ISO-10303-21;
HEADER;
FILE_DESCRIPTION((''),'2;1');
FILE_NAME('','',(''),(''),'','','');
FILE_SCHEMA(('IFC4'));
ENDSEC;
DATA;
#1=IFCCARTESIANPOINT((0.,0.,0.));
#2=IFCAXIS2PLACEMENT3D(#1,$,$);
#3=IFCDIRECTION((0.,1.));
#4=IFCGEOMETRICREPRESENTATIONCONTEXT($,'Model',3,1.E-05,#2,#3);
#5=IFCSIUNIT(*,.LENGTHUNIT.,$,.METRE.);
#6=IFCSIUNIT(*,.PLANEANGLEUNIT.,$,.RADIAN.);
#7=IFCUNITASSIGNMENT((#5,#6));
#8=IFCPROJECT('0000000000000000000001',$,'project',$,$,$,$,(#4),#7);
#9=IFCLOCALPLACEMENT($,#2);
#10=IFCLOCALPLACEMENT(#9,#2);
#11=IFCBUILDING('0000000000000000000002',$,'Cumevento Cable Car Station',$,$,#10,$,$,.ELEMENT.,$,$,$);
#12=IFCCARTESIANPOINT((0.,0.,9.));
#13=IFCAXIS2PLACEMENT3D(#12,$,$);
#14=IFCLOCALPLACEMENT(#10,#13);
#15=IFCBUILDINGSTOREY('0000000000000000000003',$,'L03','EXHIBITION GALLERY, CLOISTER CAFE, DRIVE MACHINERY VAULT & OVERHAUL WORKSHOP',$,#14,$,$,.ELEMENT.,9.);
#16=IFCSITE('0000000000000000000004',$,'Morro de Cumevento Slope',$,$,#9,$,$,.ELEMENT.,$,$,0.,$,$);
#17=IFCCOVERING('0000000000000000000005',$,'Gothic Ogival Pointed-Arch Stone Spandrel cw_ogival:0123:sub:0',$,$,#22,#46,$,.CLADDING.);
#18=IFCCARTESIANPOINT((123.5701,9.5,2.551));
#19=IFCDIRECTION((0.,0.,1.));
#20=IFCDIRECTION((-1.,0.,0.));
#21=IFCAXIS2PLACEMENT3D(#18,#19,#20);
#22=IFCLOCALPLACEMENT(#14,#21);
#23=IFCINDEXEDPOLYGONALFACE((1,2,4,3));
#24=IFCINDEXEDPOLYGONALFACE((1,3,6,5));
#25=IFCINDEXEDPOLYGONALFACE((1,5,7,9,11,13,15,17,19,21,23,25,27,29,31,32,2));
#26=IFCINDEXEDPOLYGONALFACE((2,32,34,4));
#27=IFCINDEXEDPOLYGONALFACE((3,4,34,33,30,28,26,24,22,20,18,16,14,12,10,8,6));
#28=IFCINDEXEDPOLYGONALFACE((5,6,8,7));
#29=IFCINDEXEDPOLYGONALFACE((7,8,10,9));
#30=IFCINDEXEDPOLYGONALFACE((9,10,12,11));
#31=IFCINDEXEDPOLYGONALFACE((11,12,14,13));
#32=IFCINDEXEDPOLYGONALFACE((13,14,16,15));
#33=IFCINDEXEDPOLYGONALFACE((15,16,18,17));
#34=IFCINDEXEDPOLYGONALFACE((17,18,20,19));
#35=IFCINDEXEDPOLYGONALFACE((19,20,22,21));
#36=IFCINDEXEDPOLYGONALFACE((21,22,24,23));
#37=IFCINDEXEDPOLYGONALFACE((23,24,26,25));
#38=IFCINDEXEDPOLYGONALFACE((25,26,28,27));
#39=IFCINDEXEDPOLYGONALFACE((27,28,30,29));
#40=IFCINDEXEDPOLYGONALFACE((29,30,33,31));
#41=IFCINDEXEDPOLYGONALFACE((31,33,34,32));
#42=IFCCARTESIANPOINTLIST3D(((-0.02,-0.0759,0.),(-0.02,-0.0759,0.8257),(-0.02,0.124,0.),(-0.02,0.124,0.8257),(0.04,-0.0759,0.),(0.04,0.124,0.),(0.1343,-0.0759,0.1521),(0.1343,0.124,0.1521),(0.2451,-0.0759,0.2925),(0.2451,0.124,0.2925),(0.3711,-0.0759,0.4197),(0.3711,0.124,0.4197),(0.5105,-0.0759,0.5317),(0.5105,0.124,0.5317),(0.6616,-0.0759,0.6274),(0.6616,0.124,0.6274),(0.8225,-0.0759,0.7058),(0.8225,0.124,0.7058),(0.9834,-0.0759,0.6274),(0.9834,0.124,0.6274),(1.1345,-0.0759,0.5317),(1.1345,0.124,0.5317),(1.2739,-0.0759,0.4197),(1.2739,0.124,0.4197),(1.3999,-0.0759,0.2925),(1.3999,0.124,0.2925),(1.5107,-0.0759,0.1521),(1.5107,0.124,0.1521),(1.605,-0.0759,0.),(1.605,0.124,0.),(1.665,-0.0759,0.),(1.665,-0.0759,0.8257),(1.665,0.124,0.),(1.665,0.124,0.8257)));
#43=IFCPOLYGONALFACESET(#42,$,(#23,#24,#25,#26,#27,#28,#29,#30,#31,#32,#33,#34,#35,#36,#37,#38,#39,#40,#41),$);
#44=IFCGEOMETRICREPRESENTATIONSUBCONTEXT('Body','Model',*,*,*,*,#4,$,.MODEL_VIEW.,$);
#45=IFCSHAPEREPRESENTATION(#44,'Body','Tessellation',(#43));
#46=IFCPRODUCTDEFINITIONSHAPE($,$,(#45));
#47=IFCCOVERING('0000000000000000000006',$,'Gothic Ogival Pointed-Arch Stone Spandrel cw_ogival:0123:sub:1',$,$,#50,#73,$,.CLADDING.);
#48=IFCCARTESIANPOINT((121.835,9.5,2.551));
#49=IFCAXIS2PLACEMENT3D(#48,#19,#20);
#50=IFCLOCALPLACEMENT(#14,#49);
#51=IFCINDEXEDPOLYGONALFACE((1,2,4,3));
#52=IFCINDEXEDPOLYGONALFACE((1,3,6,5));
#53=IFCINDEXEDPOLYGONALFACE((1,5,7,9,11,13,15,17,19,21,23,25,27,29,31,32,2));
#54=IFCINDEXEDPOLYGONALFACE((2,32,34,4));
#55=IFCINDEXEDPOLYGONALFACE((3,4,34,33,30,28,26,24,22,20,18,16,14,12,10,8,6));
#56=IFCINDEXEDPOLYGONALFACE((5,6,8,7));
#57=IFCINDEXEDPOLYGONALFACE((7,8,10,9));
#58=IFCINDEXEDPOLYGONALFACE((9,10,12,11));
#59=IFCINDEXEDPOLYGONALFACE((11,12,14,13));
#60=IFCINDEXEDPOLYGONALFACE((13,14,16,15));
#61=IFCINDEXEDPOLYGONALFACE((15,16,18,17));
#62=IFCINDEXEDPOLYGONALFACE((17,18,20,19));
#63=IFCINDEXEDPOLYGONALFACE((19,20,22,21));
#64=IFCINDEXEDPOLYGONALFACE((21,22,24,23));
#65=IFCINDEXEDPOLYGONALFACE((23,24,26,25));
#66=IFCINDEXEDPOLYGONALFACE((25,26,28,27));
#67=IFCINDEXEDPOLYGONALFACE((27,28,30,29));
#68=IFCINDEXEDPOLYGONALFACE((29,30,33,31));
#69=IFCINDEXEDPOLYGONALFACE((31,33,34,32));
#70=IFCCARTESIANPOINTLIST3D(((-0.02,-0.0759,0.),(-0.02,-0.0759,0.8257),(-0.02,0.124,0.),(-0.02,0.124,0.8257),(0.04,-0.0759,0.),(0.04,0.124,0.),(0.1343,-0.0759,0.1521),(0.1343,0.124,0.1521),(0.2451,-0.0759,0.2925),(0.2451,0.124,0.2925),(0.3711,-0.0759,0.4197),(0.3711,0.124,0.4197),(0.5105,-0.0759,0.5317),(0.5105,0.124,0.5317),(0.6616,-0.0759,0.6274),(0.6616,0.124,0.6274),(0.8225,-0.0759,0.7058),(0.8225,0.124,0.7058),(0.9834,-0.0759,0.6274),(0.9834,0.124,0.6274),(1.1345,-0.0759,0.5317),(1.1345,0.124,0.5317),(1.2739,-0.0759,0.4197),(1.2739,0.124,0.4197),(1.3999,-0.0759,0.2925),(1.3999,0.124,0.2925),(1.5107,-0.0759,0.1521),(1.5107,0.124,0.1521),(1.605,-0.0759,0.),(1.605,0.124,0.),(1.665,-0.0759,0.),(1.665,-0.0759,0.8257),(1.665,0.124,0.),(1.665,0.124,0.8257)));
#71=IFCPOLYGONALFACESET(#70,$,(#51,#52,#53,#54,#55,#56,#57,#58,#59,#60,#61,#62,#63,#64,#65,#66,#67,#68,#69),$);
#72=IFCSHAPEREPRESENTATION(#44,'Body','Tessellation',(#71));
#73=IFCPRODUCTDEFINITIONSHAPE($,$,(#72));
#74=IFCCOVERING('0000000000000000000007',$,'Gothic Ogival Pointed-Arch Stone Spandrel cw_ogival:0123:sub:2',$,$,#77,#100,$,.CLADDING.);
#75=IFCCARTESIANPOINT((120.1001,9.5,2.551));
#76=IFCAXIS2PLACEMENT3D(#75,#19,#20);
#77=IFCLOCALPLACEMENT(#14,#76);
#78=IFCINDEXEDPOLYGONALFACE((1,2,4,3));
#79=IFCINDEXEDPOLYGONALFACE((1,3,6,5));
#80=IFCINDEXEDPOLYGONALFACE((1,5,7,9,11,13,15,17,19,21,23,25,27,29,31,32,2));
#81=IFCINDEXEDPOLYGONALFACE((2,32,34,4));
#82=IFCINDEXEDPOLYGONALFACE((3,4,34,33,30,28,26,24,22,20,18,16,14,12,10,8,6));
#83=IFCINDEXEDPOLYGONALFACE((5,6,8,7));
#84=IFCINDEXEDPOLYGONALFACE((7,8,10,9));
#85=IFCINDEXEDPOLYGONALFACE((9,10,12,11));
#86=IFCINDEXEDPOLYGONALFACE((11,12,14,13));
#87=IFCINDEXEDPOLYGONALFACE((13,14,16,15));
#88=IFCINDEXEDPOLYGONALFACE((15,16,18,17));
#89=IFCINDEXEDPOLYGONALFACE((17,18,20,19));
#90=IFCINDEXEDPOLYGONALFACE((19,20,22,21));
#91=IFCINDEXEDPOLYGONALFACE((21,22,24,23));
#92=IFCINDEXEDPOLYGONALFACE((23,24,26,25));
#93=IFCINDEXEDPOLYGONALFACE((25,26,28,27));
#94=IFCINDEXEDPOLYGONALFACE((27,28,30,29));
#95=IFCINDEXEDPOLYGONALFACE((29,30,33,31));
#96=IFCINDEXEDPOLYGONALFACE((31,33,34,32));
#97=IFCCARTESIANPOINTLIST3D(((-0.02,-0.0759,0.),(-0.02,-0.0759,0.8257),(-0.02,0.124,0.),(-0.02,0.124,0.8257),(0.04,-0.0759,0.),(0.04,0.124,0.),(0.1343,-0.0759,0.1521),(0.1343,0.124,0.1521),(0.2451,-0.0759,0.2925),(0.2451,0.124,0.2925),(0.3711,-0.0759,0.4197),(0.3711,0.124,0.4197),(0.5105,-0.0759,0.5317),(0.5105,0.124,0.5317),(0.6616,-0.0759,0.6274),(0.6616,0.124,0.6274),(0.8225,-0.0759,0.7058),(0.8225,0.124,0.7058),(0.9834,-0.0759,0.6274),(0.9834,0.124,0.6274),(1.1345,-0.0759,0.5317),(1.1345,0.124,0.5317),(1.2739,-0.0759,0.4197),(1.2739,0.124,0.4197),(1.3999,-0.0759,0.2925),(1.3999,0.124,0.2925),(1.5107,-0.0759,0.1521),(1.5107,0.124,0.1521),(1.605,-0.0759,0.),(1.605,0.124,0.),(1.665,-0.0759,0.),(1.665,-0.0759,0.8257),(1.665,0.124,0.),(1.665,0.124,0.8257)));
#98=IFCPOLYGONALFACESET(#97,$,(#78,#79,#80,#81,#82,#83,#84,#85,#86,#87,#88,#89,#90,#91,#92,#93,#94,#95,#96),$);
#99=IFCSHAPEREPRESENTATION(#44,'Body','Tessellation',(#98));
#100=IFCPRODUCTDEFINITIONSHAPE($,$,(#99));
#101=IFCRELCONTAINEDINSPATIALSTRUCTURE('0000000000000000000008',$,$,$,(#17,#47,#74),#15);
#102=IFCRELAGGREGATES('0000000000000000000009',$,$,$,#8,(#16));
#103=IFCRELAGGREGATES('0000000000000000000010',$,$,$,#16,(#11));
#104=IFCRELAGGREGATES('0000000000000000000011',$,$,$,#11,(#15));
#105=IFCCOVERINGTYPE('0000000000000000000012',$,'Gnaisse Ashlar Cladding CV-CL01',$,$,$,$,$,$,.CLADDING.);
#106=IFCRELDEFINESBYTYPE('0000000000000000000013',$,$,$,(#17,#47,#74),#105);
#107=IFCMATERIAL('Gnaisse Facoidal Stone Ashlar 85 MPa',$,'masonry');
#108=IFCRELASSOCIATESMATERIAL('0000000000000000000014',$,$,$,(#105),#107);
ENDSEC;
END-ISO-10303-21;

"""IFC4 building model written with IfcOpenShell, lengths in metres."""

from ifc_helpers import new_model, si_unit, direction, frame, origin, place, context, subcontext, project, spatial, polyline, outline, extrude, material, type_object, element, save


model = new_model("IFC4")

# Units and contexts
model_context = context("Model", 3, precision=1e-05, world=origin(), true_north=direction((0.0, 1.0)))
body_context = subcontext(model_context, "Body", "Model", "MODEL_VIEW")
ifc_project = project(units=[si_unit("LENGTHUNIT", "METRE"), si_unit("PLANEANGLEUNIT", "RADIAN")], contexts=[model_context])

# Site, building, storey
site_placement = place(None, origin())
site = spatial("IfcSite", under=ifc_project, at=site_placement, Name="Morro de Cumevento Slope", CompositionType="ELEMENT", RefElevation=0.0)
building_placement = place(site_placement, origin())
building = spatial("IfcBuilding", under=site, at=building_placement, Name="Cumevento Cable Car Station", CompositionType="ELEMENT")
storey_placement = place(building_placement, frame((0.0, 0.0, 9.0)))
storey = spatial("IfcBuildingStorey", under=building, at=storey_placement, Name="L03", Description="EXHIBITION GALLERY, CLOISTER CAFE, DRIVE MACHINERY VAULT & OVERHAUL WORKSHOP", CompositionType="ELEMENT", Elevation=9.0)

# Coverings
ifc_material_1 = material(Name="Gnaisse Facoidal Stone Ashlar 85 MPa", Category="masonry")
covering_type = type_object("IfcCoveringType", Name="Gnaisse Ashlar Cladding CV-CL01", PredefinedType="CLADDING", material=ifc_material_1)
for number, where, z_axis, x_axis, name in (
    (1, (123.5701, 9.5, 2.551), (0.0, 0.0, 1.0), (-1.0, 0.0, 0.0), "Gothic Ogival Pointed-Arch Stone Spandrel cw_ogival:0123:sub:0"),
    (2, (121.835, 9.5, 2.551), (0.0, 0.0, 1.0), (-1.0, 0.0, 0.0), "Gothic Ogival Pointed-Arch Stone Spandrel cw_ogival:0123:sub:1"),
    (3, (120.1001, 9.5, 2.551), (0.0, 0.0, 1.0), (-1.0, 0.0, 0.0), "Gothic Ogival Pointed-Arch Stone Spandrel cw_ogival:0123:sub:2"),
):
    element("IfcCovering", number, at=place(storey_placement, frame(where, z_axis=z_axis, x_axis=x_axis)), inside=storey, type_object=covering_type, Name=name, PredefinedType="CLADDING", context=body_context, shape_type="SweptSolid", body=[
        extrude(outline(polyline([(-0.02, 0.0), (-0.02, 0.8257), (1.665, 0.8257), (1.665, 0.0), (1.605, 0.0), (1.5107, 0.1521), (1.3999, 0.2925), (1.2739, 0.4197), (1.1345, 0.5317), (0.9834, 0.6274), (0.8225, 0.7058), (0.6616, 0.6274), (0.5105, 0.5317), (0.3711, 0.4197), (0.2451, 0.2925), (0.1343, 0.1521), (0.04, 0.0), (-0.02, 0.0)])), frame((0.0, 0.124, 0.0), z_axis=(0.0, -1.0, 0.0), x_axis=(1.0, 0.0, 0.0)), (0.0, 0.0, 1.0), 0.2),
    ])

save(model, "model.ifc")
